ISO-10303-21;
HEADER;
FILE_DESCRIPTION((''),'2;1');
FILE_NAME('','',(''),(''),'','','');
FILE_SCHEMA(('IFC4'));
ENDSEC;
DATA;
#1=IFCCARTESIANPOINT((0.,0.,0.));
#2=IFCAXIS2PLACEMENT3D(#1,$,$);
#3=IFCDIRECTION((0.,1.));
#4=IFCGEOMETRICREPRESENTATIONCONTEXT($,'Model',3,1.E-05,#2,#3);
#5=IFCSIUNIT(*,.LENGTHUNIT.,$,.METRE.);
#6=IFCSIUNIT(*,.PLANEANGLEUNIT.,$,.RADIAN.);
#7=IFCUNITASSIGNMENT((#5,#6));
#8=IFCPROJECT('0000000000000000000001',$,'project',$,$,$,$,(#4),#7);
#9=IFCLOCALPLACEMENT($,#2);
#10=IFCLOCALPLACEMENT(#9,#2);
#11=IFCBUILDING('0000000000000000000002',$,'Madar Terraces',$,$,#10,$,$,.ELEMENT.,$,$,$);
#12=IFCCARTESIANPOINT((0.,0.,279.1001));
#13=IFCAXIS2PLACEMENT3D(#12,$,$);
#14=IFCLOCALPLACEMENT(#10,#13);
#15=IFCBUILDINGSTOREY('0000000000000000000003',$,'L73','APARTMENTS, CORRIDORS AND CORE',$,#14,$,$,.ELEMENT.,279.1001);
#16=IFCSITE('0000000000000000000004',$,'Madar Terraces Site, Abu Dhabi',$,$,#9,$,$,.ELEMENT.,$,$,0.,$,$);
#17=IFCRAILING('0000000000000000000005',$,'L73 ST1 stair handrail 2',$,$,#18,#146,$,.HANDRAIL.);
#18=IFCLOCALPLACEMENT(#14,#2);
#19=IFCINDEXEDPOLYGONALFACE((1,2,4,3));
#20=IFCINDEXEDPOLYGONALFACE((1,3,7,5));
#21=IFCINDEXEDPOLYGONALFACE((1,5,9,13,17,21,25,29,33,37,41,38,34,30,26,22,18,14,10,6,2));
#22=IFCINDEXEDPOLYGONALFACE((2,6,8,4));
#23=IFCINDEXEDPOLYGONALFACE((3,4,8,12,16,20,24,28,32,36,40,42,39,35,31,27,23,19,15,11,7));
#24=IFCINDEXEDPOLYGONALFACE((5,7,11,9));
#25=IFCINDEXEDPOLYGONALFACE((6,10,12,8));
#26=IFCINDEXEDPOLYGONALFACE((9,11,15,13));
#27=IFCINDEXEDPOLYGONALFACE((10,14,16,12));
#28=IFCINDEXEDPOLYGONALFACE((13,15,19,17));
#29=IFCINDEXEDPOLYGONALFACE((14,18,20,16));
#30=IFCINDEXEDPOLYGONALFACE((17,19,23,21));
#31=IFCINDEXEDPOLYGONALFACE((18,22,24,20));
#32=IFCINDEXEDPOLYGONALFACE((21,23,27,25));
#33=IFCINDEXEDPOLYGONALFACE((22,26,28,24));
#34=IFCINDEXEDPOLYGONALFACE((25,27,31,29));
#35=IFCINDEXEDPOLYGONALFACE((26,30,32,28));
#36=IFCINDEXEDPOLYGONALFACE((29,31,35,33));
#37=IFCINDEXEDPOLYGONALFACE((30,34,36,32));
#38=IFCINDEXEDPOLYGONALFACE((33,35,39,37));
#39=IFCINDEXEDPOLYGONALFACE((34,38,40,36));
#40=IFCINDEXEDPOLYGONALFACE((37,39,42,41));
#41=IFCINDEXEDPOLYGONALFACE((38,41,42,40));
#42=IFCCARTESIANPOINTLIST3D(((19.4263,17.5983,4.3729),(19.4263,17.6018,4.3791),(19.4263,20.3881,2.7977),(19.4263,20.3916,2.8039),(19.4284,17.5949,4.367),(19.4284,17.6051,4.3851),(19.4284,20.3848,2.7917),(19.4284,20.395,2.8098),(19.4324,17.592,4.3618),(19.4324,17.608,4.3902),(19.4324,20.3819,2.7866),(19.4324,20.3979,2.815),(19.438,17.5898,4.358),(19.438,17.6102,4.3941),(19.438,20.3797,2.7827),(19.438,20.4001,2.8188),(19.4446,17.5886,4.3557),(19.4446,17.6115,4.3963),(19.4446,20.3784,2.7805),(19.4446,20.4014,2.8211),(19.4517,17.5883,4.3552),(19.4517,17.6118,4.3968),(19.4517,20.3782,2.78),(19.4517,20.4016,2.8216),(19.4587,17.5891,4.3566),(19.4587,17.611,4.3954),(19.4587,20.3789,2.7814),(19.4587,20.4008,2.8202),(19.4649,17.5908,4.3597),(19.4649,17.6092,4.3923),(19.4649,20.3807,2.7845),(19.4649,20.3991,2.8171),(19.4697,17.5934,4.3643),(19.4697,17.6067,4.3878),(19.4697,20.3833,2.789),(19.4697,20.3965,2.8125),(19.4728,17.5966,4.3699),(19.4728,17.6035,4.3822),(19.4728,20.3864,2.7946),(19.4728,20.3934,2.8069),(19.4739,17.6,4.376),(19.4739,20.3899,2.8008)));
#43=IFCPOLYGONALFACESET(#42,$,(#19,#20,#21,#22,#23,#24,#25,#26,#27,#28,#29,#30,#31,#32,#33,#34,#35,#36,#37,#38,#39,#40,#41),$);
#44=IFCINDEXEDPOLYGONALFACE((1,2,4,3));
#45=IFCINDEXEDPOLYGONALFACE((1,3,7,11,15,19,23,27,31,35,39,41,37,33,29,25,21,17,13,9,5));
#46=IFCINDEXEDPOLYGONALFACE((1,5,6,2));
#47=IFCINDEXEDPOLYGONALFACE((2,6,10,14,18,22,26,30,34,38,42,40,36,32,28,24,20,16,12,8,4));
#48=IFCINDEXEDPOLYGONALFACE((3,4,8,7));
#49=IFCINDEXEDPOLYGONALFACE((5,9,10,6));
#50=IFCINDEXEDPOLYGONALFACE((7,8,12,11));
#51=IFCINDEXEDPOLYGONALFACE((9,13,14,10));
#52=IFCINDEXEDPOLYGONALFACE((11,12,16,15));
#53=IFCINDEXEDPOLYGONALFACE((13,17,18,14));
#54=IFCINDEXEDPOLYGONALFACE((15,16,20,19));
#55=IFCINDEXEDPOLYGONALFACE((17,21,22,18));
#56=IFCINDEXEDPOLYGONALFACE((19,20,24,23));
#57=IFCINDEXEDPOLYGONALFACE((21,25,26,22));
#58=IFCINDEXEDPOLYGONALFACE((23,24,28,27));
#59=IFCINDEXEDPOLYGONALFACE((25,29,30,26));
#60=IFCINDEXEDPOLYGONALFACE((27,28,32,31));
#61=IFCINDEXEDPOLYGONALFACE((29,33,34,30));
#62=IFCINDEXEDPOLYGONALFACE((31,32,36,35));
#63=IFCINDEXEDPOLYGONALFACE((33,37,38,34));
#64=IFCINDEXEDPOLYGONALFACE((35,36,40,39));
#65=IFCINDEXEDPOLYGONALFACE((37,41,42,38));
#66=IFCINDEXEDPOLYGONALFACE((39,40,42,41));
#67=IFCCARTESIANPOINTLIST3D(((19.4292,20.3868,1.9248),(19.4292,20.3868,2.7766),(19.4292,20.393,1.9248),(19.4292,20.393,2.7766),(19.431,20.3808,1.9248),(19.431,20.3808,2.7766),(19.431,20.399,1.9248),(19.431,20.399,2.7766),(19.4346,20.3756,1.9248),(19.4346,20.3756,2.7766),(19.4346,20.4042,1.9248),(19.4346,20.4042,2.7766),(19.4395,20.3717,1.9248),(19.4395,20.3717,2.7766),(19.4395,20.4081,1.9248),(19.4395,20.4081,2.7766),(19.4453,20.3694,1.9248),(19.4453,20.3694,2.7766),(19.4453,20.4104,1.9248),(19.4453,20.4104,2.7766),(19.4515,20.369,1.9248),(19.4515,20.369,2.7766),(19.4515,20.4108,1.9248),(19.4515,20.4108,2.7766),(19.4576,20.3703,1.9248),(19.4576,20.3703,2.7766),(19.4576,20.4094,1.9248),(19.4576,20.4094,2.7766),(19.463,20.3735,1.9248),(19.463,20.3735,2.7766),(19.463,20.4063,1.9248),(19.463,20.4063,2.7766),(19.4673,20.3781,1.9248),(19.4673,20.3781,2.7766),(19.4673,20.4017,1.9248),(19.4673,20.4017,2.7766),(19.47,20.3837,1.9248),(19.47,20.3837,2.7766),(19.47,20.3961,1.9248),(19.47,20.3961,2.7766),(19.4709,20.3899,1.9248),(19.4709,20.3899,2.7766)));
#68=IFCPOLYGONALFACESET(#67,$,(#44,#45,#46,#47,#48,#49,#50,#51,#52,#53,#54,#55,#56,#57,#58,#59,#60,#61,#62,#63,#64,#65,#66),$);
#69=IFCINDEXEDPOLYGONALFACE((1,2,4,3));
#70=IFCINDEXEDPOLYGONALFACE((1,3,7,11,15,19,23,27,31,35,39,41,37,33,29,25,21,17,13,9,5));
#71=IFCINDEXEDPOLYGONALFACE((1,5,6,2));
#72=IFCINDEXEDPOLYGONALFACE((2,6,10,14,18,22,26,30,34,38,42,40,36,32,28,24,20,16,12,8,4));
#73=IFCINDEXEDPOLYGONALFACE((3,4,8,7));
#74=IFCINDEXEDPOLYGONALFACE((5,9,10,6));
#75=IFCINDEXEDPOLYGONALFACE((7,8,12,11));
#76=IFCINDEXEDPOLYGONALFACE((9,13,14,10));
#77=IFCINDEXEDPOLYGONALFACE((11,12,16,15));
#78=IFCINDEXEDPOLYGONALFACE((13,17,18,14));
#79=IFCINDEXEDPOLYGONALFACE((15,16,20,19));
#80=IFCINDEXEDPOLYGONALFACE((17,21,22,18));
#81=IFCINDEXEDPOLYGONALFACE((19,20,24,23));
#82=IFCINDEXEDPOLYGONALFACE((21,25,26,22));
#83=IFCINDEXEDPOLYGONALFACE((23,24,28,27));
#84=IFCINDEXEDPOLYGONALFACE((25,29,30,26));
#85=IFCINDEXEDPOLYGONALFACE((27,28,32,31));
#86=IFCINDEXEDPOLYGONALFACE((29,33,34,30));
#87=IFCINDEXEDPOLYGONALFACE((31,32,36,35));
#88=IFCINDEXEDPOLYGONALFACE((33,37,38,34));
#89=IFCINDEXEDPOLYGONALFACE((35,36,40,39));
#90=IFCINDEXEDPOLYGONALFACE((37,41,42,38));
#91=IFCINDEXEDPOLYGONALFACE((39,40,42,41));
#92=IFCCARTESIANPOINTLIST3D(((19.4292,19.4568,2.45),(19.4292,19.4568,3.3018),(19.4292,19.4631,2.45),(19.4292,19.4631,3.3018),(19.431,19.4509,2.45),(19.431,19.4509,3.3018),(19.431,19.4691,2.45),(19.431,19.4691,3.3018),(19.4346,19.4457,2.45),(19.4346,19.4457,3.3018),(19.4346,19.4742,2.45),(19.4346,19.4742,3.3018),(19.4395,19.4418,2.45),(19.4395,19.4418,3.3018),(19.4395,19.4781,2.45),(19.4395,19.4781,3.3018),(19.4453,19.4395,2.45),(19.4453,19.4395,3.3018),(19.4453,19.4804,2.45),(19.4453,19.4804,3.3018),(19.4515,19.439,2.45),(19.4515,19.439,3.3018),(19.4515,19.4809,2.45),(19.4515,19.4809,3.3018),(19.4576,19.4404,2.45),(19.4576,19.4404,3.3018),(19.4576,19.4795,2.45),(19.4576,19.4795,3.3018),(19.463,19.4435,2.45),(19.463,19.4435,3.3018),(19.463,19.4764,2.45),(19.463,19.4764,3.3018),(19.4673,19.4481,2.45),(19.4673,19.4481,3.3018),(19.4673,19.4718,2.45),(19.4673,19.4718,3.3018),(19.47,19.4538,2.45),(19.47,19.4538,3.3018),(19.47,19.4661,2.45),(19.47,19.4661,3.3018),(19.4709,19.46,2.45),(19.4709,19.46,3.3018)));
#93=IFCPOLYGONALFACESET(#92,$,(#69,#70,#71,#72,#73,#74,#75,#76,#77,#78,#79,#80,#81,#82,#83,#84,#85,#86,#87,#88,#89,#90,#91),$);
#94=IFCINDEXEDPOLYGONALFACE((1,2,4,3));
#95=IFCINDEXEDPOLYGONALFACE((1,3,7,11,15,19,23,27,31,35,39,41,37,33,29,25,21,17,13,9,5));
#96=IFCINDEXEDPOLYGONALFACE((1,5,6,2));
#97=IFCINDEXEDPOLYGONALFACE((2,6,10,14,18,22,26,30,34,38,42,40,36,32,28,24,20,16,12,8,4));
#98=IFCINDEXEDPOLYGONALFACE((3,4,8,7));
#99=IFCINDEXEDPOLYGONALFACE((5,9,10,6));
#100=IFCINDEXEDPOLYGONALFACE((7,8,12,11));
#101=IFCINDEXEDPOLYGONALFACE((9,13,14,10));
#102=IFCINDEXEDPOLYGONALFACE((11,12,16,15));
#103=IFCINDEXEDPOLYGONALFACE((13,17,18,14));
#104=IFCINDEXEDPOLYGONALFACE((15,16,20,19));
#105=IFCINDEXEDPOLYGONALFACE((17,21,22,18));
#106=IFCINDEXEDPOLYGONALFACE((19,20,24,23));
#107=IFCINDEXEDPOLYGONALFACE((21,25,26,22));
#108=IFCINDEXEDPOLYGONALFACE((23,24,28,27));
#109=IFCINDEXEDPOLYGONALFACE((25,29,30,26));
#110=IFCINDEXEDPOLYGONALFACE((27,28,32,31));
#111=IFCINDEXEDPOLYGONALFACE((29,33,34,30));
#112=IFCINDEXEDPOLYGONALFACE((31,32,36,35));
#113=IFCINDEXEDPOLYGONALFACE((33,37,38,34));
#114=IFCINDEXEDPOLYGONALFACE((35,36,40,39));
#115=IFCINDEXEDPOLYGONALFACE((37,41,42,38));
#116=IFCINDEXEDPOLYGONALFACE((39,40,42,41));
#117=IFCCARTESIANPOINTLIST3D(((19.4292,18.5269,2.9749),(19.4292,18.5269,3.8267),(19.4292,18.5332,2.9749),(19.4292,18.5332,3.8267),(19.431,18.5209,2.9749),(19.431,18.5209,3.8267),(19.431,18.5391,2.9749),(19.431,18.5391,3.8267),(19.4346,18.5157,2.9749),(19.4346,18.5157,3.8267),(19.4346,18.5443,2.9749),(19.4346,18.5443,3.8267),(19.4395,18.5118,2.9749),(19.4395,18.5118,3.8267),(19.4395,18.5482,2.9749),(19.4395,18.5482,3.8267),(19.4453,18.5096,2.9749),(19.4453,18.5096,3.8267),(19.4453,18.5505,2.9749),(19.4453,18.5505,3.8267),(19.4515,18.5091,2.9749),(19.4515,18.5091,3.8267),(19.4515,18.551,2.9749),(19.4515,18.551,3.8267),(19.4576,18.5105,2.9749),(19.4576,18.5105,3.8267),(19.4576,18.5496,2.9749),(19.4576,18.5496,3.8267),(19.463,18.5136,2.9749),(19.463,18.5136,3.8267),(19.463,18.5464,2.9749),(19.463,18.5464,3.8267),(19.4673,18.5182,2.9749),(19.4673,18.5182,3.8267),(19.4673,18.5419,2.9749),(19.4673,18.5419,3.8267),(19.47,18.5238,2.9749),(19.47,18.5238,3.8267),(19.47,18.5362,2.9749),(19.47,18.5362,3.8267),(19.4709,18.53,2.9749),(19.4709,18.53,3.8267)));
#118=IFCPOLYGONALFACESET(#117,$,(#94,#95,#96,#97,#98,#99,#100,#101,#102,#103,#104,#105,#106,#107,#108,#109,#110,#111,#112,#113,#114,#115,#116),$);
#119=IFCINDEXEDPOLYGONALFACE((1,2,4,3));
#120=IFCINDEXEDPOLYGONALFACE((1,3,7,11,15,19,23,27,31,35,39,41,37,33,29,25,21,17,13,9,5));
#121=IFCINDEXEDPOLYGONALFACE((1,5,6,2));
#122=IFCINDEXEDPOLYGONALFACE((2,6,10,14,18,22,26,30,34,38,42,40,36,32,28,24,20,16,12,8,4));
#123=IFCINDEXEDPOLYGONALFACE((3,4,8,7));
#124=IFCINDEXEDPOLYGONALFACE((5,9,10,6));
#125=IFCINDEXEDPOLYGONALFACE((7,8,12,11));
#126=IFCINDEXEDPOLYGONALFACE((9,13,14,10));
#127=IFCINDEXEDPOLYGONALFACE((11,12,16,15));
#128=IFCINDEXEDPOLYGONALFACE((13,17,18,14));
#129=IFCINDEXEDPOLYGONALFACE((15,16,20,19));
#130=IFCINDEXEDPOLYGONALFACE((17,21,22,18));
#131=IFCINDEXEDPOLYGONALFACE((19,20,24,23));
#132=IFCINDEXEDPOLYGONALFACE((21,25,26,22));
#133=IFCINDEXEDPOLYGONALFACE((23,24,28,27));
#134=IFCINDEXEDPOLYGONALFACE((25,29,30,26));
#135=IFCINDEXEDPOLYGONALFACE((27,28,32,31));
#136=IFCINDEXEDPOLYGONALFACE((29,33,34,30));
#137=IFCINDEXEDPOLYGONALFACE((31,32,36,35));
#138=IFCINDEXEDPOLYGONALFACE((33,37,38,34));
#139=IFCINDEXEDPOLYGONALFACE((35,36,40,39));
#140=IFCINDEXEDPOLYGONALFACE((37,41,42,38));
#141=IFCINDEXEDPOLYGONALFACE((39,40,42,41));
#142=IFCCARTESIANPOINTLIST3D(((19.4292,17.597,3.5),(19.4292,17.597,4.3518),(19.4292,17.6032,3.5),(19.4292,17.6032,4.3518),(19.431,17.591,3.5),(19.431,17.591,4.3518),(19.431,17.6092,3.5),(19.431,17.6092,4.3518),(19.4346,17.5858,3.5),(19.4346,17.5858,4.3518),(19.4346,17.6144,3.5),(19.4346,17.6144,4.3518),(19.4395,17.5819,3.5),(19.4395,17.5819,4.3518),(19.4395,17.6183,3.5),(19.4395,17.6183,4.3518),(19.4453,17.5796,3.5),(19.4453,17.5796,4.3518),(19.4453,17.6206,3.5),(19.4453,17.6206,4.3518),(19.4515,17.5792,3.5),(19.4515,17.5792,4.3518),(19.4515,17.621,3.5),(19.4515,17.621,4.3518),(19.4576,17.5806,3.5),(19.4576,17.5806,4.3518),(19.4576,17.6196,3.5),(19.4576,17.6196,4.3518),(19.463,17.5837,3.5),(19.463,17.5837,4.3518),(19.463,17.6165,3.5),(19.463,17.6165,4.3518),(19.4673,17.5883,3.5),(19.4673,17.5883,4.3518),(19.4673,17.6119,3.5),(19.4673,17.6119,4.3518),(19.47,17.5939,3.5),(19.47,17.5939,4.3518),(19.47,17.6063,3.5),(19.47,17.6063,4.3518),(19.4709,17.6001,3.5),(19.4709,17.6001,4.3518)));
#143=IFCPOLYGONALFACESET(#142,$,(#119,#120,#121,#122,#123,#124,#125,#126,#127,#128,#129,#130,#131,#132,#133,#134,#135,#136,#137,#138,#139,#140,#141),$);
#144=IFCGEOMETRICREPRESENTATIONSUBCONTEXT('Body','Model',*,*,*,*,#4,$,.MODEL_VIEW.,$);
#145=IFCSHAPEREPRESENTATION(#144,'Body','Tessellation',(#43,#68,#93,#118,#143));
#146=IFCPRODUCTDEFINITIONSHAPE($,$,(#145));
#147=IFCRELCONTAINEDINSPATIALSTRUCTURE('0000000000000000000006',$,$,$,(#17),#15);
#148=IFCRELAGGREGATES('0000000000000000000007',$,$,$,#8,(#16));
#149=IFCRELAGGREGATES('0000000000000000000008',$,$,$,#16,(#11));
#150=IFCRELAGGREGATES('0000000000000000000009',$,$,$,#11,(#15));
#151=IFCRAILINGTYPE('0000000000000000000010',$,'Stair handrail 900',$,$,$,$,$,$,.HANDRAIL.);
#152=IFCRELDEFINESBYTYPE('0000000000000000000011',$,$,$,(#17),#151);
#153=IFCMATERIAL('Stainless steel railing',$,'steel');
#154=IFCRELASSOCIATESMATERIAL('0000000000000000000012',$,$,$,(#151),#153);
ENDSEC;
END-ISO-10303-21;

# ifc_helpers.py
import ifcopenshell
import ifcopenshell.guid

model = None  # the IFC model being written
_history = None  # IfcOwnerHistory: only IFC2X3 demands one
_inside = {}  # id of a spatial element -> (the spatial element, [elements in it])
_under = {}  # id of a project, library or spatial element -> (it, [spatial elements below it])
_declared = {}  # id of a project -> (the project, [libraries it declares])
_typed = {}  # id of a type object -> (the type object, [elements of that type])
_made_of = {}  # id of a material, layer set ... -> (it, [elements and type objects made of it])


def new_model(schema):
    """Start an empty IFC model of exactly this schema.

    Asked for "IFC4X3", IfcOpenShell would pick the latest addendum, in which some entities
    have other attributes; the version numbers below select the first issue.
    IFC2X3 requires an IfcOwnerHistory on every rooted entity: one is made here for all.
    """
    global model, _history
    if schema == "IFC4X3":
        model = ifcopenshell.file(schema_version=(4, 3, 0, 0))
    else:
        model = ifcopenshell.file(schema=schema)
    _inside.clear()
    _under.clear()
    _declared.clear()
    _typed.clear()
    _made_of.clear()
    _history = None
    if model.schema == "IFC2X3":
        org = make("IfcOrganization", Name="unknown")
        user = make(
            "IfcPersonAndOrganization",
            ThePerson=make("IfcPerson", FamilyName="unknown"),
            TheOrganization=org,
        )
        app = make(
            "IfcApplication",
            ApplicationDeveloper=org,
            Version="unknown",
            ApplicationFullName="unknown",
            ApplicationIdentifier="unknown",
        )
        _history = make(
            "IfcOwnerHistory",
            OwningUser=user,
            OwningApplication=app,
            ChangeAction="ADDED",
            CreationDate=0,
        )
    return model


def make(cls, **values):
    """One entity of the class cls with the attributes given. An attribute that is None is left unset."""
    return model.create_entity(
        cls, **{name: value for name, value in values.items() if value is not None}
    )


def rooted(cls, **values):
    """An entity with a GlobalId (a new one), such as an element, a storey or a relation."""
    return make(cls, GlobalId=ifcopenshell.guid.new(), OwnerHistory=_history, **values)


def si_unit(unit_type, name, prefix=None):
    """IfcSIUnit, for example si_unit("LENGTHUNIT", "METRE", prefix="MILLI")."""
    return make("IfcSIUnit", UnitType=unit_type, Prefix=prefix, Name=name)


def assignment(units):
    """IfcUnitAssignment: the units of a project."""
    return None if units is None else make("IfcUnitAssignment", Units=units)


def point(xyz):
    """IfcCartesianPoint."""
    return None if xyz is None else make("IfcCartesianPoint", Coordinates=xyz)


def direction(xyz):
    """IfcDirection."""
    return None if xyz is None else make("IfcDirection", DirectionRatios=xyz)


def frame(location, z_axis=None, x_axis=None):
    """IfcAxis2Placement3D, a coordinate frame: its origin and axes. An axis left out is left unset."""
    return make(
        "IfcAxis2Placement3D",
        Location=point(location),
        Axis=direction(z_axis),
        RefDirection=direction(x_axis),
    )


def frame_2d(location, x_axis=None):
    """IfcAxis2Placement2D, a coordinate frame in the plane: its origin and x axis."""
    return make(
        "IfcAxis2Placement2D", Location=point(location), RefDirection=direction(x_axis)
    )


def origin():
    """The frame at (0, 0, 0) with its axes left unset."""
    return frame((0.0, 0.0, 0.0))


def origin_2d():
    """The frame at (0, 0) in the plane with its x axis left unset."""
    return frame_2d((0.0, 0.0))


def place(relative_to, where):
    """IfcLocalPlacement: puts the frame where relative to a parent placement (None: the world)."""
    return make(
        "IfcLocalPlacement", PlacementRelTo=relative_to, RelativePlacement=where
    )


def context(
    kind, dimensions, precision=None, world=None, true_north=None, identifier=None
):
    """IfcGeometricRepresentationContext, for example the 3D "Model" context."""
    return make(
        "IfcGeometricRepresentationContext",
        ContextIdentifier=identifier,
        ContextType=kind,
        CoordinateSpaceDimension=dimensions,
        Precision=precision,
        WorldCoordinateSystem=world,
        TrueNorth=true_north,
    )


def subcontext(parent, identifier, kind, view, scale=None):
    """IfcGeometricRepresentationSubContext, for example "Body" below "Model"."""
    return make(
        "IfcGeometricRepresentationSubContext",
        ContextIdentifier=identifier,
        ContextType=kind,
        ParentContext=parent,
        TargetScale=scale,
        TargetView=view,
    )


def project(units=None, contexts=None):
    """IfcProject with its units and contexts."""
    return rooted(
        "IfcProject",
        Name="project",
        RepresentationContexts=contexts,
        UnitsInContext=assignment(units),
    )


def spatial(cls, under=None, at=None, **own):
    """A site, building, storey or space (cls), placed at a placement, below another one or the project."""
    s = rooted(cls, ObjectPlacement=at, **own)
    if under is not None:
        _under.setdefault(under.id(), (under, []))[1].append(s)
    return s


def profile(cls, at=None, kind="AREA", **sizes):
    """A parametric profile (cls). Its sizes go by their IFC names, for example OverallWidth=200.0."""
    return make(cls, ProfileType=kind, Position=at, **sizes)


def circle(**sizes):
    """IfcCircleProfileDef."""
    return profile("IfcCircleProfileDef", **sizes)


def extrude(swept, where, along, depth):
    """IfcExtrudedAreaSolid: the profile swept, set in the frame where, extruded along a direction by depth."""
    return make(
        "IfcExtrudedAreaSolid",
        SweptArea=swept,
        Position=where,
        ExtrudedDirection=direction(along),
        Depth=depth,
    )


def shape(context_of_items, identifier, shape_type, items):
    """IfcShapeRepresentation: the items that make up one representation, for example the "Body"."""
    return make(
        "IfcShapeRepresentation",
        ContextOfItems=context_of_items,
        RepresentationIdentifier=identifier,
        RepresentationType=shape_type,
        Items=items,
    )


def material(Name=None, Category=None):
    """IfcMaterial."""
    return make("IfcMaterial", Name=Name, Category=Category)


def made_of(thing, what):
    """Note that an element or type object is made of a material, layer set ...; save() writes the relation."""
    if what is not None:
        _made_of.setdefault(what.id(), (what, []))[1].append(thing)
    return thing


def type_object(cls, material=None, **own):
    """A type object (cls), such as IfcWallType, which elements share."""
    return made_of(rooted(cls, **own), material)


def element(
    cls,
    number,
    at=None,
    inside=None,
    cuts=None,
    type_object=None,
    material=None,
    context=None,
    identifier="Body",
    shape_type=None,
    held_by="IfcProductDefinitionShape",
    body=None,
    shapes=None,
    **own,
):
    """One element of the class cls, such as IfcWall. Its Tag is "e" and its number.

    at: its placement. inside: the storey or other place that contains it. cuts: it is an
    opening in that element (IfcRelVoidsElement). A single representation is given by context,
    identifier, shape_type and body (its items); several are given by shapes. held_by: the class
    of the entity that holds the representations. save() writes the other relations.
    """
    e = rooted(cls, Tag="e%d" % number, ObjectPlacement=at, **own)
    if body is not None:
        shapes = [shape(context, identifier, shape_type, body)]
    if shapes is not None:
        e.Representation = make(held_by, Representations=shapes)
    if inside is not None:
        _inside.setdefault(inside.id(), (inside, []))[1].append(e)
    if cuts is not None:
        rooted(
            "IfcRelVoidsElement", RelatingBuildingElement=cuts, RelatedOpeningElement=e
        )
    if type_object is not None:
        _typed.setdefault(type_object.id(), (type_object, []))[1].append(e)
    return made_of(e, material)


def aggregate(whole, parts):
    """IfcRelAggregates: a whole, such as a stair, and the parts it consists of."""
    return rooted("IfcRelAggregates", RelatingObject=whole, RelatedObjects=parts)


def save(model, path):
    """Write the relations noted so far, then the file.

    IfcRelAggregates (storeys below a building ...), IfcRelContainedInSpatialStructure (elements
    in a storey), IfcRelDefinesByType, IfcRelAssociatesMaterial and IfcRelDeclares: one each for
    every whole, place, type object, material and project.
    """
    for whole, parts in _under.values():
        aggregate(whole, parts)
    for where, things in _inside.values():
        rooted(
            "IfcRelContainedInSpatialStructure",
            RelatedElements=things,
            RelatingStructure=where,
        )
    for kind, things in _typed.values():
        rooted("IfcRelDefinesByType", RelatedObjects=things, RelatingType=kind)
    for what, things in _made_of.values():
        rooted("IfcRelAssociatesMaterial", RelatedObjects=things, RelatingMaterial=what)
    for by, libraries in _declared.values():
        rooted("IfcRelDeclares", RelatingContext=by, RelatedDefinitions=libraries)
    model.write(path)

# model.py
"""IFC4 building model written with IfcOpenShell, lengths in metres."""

from ifc_helpers import new_model, si_unit, direction, frame, origin, origin_2d, place, context, subcontext, project, spatial, circle, extrude, material, type_object, element, save


model = new_model("IFC4")

# Units and contexts
model_context = context("Model", 3, precision=1e-05, world=origin(), true_north=direction((0.0, 1.0)))
body_context = subcontext(model_context, "Body", "Model", "MODEL_VIEW")
ifc_project = project(units=[si_unit("LENGTHUNIT", "METRE"), si_unit("PLANEANGLEUNIT", "RADIAN")], contexts=[model_context])

# Site, building, storey
site_placement = place(None, origin())
site = spatial("IfcSite", under=ifc_project, at=site_placement, Name="Madar Terraces Site, Abu Dhabi", CompositionType="ELEMENT", RefElevation=0.0)
building_placement = place(site_placement, origin())
building = spatial("IfcBuilding", under=site, at=building_placement, Name="Madar Terraces", CompositionType="ELEMENT")
storey_placement = place(building_placement, frame((0.0, 0.0, 279.1001)))
storey = spatial("IfcBuildingStorey", under=building, at=storey_placement, Name="L73", Description="APARTMENTS, CORRIDORS AND CORE", CompositionType="ELEMENT", Elevation=279.1001)

# Railing
ifc_material_1 = material(Name="Stainless steel railing", Category="steel")
railing_type_1 = type_object("IfcRailingType", Name="Stair handrail 900", PredefinedType="HANDRAIL", material=ifc_material_1)
railing_1_placement = place(storey_placement, frame((19.45, 20.3899, 1.9248)))
element("IfcRailing", 1, at=railing_1_placement, inside=storey, type_object=railing_type_1, Name="L73 ST1 stair handrail 2", PredefinedType="HANDRAIL", context=body_context, shape_type="SweptSolid", body=[
    extrude(circle(Radius=0.0239, at=origin_2d()), frame((0.0, 0.0, 0.876), z_axis=(0.0, -0.870783, 0.491668), x_axis=(1.0, 0.0, 0.0)), (0.0, 0.0, 1.0), 3.2039),
    extrude(circle(Radius=0.021, at=origin_2d()), origin(), (0.0, 0.0, 1.0), 0.8518),
    extrude(circle(Radius=0.021, at=origin_2d()), frame((0.0, -0.9299, 0.5251)), (0.0, 0.0, 1.0), 0.8518),
    extrude(circle(Radius=0.021, at=origin_2d()), frame((0.0, -1.8599, 1.05)), (0.0, 0.0, 1.0), 0.8518),
    extrude(circle(Radius=0.021, at=origin_2d()), frame((0.0, -2.7898, 1.5752)), (0.0, 0.0, 1.0), 0.8518),
])

save(model, "model.ifc")
